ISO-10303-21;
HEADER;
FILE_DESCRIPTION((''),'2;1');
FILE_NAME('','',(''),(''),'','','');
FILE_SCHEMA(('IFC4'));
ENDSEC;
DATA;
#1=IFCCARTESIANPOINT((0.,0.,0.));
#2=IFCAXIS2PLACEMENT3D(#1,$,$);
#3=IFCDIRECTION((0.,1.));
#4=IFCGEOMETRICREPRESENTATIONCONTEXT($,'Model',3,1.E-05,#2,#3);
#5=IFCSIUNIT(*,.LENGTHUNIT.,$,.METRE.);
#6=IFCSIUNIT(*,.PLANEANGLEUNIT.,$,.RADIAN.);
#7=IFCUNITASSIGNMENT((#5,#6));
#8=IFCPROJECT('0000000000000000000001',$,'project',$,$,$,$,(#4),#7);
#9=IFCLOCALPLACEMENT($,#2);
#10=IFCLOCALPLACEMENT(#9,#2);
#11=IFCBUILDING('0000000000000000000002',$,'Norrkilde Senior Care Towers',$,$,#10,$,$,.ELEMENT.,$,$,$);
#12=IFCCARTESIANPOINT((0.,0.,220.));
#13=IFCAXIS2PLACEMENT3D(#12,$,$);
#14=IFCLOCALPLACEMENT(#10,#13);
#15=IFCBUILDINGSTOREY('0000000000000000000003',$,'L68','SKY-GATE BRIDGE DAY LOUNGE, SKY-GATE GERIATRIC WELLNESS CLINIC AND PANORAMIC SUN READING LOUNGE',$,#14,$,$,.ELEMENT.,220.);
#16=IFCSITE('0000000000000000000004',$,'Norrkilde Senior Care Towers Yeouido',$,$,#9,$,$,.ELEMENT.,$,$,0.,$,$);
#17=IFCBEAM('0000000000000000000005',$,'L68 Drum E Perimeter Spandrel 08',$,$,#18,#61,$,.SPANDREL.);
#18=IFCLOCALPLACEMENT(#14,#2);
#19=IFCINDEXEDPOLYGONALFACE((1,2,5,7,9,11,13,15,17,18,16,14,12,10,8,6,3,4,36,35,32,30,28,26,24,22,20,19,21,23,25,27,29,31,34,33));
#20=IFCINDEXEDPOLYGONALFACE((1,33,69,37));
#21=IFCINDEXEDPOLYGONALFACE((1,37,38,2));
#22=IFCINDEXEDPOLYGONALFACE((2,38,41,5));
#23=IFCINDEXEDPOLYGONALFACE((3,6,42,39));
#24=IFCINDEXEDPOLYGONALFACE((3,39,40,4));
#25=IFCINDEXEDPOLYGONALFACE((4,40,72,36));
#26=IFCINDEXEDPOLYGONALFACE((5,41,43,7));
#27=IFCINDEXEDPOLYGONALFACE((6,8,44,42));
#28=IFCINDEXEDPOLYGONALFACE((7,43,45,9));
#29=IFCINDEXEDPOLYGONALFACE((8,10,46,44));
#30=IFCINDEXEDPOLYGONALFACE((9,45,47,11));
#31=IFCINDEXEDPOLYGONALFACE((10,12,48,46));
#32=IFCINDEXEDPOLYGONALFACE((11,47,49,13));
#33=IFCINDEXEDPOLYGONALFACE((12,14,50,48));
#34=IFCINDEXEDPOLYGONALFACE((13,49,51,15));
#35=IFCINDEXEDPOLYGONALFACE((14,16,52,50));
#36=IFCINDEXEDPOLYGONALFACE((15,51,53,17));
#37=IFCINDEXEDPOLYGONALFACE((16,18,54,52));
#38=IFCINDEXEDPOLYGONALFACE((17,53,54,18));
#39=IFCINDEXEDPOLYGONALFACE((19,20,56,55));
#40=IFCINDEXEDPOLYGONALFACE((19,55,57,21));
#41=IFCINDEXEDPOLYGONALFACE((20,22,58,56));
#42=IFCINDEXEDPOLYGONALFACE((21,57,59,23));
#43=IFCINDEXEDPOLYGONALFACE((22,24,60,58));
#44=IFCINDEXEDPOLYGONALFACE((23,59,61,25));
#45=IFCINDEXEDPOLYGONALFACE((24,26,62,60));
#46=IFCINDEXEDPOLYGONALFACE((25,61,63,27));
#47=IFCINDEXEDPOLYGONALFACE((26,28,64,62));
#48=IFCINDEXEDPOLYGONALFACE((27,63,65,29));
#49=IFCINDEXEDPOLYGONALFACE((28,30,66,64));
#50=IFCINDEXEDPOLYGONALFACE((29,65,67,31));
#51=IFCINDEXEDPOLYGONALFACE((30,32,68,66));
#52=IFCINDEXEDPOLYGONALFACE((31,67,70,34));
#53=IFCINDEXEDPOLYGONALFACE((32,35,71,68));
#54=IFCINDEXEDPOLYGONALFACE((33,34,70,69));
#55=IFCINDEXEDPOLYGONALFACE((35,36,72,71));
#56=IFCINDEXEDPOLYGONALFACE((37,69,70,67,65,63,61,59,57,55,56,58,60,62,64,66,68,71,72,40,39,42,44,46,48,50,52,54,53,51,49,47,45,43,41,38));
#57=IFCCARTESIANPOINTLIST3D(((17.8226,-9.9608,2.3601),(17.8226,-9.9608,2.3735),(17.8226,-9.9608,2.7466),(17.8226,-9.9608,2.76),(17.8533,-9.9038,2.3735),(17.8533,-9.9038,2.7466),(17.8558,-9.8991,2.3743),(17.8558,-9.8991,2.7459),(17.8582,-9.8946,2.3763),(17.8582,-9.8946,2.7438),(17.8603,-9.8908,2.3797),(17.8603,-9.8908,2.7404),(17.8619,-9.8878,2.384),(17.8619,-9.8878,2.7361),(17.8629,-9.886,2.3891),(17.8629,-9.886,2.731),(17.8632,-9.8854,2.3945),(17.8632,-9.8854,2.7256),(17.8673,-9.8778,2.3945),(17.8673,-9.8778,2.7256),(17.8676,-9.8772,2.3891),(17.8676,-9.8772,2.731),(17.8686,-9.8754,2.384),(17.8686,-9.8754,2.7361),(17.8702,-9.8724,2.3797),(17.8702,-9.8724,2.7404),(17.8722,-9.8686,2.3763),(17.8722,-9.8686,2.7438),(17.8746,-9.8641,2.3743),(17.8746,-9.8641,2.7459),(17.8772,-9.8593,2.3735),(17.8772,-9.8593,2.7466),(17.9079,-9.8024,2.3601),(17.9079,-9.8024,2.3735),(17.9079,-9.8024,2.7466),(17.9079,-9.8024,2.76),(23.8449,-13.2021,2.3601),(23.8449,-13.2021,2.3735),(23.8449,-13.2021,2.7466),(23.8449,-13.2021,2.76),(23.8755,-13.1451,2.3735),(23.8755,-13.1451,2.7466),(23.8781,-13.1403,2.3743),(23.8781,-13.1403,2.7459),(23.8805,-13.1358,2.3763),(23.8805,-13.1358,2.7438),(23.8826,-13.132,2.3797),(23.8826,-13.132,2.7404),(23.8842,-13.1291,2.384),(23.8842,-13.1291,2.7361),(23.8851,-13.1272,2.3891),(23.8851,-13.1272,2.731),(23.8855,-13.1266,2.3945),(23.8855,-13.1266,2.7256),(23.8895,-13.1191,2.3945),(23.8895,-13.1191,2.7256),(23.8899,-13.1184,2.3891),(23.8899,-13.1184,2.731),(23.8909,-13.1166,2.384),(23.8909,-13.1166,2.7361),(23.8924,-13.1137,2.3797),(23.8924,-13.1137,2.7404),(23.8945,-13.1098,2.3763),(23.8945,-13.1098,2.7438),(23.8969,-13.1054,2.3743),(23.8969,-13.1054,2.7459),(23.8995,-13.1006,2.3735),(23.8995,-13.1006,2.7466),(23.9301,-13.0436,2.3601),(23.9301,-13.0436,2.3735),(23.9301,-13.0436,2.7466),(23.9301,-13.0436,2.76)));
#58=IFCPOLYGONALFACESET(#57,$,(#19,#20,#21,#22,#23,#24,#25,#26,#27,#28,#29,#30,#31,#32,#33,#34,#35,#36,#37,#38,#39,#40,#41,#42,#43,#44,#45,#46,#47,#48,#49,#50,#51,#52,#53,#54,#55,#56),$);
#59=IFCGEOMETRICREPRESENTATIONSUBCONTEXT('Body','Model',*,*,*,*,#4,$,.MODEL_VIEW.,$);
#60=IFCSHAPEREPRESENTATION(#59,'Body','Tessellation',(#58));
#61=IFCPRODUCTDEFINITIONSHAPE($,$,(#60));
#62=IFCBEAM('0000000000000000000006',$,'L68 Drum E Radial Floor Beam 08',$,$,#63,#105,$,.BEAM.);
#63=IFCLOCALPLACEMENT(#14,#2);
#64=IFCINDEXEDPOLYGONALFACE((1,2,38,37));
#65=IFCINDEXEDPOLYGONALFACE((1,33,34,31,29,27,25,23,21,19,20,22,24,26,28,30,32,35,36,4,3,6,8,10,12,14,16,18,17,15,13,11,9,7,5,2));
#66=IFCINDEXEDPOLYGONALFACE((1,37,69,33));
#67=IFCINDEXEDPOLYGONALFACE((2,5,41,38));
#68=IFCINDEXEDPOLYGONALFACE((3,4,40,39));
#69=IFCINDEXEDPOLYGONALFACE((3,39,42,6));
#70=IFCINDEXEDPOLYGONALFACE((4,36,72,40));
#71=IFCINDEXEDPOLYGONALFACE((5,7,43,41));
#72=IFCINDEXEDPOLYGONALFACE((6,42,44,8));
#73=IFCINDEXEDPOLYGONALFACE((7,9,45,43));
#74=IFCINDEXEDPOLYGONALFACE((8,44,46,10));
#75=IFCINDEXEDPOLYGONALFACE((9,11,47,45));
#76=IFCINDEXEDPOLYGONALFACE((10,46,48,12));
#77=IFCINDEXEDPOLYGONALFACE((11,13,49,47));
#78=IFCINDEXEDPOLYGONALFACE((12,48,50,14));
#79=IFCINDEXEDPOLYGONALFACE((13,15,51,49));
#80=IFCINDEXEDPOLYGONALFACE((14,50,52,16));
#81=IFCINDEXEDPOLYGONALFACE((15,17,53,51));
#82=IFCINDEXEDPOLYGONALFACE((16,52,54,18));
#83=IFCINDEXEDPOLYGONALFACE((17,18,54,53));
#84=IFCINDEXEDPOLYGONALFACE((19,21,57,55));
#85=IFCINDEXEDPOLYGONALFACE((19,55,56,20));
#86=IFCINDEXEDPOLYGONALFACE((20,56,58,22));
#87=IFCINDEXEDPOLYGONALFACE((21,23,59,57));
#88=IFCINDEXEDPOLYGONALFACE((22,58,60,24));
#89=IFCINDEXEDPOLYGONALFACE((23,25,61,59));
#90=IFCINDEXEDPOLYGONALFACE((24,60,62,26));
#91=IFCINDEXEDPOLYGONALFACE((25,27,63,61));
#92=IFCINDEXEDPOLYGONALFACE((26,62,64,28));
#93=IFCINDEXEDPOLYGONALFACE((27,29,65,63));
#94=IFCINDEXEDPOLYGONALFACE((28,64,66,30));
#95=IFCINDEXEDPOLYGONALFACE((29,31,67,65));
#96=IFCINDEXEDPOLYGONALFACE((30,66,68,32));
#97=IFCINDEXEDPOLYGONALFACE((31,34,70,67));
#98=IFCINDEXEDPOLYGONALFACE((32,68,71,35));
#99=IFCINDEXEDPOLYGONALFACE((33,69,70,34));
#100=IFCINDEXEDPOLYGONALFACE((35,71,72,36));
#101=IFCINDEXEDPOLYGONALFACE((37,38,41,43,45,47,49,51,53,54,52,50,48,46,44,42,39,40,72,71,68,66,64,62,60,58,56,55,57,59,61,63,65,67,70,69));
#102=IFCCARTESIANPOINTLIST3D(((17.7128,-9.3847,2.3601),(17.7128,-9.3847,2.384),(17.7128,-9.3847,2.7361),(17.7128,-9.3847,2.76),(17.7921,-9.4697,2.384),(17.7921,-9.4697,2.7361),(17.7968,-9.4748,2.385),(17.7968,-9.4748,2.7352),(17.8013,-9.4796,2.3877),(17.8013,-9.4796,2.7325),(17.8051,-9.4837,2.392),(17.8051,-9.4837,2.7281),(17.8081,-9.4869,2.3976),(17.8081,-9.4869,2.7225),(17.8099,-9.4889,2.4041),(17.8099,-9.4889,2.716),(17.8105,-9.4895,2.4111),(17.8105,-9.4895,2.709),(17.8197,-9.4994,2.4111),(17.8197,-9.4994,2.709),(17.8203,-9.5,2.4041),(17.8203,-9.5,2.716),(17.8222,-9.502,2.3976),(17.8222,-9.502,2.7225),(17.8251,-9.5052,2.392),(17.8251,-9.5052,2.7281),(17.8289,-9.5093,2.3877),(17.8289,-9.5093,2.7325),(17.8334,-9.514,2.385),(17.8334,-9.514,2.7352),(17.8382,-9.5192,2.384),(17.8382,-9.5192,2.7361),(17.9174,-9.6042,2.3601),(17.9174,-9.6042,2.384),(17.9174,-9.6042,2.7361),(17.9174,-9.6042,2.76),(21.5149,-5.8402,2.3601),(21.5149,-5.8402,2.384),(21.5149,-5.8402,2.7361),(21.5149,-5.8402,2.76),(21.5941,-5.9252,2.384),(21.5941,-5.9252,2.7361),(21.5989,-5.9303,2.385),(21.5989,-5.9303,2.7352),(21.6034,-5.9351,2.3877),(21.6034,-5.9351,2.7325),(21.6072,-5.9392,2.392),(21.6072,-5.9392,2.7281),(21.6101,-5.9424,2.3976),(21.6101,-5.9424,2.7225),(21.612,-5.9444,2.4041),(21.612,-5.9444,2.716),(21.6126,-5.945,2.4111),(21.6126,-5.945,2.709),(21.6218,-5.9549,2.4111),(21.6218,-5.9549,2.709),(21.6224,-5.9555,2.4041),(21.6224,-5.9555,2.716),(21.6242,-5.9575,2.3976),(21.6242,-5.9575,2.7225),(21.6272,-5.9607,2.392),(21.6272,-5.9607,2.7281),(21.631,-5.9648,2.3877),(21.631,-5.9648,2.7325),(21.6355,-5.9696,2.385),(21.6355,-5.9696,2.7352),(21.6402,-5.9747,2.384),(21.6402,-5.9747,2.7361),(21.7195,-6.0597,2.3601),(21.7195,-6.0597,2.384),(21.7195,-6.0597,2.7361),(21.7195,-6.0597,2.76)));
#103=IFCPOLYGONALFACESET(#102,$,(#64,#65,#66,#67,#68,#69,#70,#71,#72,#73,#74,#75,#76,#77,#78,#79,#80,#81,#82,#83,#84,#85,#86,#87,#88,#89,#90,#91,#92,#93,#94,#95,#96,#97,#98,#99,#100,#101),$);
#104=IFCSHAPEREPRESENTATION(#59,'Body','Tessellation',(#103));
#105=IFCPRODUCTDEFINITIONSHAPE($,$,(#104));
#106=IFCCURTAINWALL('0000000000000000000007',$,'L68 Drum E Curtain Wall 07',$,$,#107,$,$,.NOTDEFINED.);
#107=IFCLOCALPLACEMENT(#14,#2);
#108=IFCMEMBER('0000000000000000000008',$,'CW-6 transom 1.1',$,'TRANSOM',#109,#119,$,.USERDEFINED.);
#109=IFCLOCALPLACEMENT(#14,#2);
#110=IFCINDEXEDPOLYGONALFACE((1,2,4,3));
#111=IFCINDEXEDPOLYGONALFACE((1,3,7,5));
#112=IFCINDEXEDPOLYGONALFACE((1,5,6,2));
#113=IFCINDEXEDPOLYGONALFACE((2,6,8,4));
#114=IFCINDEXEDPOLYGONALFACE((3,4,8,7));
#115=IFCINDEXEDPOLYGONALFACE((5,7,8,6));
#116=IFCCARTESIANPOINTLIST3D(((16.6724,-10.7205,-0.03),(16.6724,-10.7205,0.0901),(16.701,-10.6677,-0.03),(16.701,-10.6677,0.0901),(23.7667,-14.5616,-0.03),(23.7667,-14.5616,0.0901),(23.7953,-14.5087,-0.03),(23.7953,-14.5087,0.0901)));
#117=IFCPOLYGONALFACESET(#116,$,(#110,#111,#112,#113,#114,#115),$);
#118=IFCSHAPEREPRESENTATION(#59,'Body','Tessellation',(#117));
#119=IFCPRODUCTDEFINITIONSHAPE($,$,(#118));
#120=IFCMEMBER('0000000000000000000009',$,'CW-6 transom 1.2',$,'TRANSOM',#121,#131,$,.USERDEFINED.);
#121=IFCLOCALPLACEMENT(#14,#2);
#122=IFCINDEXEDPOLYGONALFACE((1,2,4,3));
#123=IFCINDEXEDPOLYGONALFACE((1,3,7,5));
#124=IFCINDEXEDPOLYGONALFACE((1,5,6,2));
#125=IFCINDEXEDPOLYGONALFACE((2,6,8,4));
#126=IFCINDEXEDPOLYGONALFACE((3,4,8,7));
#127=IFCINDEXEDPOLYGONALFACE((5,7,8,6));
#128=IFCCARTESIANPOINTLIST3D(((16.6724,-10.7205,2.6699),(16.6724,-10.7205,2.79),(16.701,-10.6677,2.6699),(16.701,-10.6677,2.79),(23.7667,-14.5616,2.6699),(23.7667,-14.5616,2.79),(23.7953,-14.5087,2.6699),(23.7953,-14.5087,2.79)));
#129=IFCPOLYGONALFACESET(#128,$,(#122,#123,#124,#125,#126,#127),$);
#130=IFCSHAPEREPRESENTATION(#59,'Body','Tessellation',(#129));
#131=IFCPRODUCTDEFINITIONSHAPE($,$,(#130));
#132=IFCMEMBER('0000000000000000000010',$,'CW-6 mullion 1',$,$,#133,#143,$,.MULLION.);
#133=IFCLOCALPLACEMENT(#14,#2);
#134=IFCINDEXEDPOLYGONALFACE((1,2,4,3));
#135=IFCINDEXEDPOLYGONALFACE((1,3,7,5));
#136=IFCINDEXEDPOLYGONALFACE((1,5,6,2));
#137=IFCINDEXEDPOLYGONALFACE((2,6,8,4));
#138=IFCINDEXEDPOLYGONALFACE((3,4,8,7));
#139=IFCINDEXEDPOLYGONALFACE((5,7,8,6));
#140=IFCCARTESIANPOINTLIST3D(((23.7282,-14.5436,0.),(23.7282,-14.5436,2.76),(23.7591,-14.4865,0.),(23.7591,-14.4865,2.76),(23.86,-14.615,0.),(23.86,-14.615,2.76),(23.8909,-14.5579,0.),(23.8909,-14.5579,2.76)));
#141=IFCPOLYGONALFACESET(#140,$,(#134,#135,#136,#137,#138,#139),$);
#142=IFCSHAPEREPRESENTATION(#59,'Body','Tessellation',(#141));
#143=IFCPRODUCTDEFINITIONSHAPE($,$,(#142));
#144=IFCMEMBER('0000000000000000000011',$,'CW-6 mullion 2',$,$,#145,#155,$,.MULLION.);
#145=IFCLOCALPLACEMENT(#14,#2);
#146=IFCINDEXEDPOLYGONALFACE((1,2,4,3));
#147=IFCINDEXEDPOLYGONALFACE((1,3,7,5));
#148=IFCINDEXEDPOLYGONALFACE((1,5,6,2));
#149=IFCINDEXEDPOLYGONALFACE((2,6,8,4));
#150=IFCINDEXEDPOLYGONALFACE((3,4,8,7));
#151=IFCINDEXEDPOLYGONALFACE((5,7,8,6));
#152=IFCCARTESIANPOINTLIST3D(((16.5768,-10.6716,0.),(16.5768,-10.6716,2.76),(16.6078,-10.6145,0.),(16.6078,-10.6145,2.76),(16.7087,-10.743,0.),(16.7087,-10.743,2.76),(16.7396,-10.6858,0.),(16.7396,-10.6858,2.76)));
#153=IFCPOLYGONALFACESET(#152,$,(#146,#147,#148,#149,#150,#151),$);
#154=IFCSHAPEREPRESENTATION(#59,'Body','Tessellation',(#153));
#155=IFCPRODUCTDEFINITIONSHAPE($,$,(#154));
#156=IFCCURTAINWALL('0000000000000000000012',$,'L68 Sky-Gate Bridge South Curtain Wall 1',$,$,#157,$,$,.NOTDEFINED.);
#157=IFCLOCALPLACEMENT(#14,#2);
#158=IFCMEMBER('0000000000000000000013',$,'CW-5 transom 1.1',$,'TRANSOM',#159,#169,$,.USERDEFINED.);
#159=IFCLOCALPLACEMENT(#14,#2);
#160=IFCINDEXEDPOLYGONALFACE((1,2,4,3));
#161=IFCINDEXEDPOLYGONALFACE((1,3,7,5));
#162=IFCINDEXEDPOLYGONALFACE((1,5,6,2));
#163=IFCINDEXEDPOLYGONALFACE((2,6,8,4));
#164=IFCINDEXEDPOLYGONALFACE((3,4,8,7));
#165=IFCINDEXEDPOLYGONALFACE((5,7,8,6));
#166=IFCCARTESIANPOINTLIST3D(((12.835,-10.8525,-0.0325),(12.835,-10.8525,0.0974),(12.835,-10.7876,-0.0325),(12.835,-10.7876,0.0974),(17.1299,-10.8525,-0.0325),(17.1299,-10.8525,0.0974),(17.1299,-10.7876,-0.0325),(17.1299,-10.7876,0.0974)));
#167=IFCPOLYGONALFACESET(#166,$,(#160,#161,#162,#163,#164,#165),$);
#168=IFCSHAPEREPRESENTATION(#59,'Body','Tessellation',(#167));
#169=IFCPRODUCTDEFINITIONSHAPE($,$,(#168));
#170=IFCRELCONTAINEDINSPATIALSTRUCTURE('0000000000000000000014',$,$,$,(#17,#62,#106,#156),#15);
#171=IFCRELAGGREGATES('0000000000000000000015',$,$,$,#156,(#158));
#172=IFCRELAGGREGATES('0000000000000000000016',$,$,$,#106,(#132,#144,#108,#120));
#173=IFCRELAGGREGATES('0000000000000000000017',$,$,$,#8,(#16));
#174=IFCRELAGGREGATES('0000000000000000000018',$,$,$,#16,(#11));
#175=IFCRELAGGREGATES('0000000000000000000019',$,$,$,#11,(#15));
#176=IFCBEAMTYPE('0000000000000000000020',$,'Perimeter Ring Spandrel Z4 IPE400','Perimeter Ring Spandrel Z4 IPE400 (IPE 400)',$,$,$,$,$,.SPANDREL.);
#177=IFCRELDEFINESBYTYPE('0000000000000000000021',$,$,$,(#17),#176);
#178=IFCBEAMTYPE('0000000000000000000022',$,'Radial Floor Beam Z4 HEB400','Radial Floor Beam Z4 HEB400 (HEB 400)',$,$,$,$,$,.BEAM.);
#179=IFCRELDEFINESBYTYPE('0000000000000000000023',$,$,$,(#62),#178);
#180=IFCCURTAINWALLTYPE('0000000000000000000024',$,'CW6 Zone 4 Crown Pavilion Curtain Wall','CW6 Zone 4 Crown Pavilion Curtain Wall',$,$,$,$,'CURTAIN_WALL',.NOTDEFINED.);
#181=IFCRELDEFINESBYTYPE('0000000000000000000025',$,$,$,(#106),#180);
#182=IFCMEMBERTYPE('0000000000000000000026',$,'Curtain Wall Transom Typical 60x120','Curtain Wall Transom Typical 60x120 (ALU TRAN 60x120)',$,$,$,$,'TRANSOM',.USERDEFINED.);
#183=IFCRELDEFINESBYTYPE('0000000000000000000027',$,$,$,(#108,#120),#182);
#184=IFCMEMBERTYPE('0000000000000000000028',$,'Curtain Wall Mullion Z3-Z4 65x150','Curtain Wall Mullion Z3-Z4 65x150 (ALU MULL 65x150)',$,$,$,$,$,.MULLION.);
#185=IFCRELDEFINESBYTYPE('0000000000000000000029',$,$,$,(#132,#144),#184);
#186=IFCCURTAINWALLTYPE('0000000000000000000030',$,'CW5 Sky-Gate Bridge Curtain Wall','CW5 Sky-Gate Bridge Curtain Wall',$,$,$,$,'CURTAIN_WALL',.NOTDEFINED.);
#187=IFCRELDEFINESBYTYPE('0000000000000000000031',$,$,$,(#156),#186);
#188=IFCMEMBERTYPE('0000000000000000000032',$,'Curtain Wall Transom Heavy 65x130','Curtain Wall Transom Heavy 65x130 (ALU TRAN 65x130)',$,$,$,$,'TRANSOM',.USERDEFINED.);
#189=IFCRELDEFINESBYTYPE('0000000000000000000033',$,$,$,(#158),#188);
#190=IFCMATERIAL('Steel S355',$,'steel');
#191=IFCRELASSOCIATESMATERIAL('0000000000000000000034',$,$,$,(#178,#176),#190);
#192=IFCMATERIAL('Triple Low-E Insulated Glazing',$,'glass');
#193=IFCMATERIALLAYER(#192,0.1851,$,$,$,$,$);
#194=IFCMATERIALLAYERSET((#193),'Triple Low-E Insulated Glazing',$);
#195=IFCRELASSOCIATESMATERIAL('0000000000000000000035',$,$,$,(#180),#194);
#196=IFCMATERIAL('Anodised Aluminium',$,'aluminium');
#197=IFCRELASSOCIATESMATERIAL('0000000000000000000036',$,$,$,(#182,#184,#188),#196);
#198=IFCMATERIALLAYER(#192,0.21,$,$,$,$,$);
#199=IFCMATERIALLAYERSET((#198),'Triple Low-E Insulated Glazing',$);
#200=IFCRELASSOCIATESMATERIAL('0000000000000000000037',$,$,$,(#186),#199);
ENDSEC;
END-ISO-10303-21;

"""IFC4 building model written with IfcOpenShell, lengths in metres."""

from ifc_helpers import new_model, si_unit, direction, frame, origin, origin_2d, place, context, subcontext, project, spatial, rectangle, i_section, extrude, source, transform, mapped, material, layer, layer_set, material_profile, profile_set, type_object, type_shapes, element, aggregate, save


model = new_model("IFC4")

# Units and contexts
model_context = context("Model", 3, precision=1e-05, world=origin(), true_north=direction((0.0, 1.0)))
body_context = subcontext(model_context, "Body", "Model", "MODEL_VIEW")
ifc_project = project(units=[si_unit("LENGTHUNIT", "METRE"), si_unit("PLANEANGLEUNIT", "RADIAN")], contexts=[model_context])

# Site, building, storey
site_placement = place(None, origin())
site = spatial("IfcSite", under=ifc_project, at=site_placement, Name="Norrkilde Senior Care Towers Yeouido", CompositionType="ELEMENT", RefElevation=0.0)
building_placement = place(site_placement, origin())
building = spatial("IfcBuilding", under=site, at=building_placement, Name="Norrkilde Senior Care Towers", CompositionType="ELEMENT")
storey_placement = place(building_placement, frame((0.0, 0.0, 220.0)))
storey = spatial("IfcBuildingStorey", under=building, at=storey_placement, Name="L68", Description="SKY-GATE BRIDGE DAY LOUNGE, SKY-GATE GERIATRIC WELLNESS CLINIC AND PANORAMIC SUN READING LOUNGE", CompositionType="ELEMENT", Elevation=220.0)

# Beams
ifc_material_1 = material(Name="Steel S355", Category="steel")
ifc_material_profile_1 = material_profile(ifc_material_1, i_section(OverallWidth=0.3, OverallDepth=0.3999, WebThickness=0.0134, FlangeThickness=0.0239, FilletRadius=0.0271, at=origin_2d()), Name="HEB 400")
ifc_profile_set_1 = profile_set([ifc_material_profile_1], Name="Steel S355")
beam_type_1 = type_object("IfcBeamType", Name="Radial Floor Beam Z4 HEB400", Description="Radial Floor Beam Z4 HEB400 (HEB 400)", PredefinedType="BEAM", material=ifc_profile_set_1)
ifc_material_profile_2 = material_profile(ifc_material_1, i_section(OverallWidth=0.1799, OverallDepth=0.3999, WebThickness=0.0085, FlangeThickness=0.0134, FilletRadius=0.021, at=origin_2d()), Name="IPE 400")
ifc_profile_set_2 = profile_set([ifc_material_profile_2], Name="Steel S355")
beam_type_2 = type_object("IfcBeamType", Name="Perimeter Ring Spandrel Z4 IPE400", Description="Perimeter Ring Spandrel Z4 IPE400 (IPE 400)", PredefinedType="SPANDREL", material=ifc_profile_set_2)
shared_shape_1 = source(origin(), body_context, "Body", "SweptSolid", [
    extrude(i_section(OverallWidth=0.1799, OverallDepth=0.3999, WebThickness=0.0085, FlangeThickness=0.0134, FilletRadius=0.021, at=origin_2d()), origin(), (0.0, 0.0, 1.0), 6.8391),
])
type_shapes(beam_type_2, [shared_shape_1])
beam_1_placement = place(storey_placement, frame((17.8652, -9.8816, 2.5601), z_axis=(0.880564, -0.473927, 0.0), x_axis=(0.473927, 0.880564, 0.0)))
element("IfcBeam", 1, at=beam_1_placement, inside=storey, type_object=beam_type_2, Name="L68 Drum E Perimeter Spandrel 08", PredefinedType="SPANDREL", context=body_context, shape_type="MappedRepresentation", body=[
    mapped(shared_shape_1, transform((0.0, 0.0, 0.0), x_axis=(1.0, 0.0, 0.0), y_axis=(0.0, 1.0, 0.0), z_axis=(0.0, 0.0, 1.0), scale=1.0)),
])
shared_shape_2 = source(origin(), body_context, "Body", "SweptSolid", [
    extrude(i_section(OverallWidth=0.3, OverallDepth=0.3999, WebThickness=0.0134, FlangeThickness=0.0239, FilletRadius=0.0271, at=origin_2d()), origin(), (0.0, 0.0, 1.0), 5.198),
])
beam_2_placement = place(storey_placement, frame((21.6172, -5.95, 2.5601), z_axis=(-0.731449, -0.681896, 0.0), x_axis=(0.681896, -0.731449, 0.0)))
element("IfcBeam", 2, at=beam_2_placement, inside=storey, type_object=beam_type_1, Name="L68 Drum E Radial Floor Beam 08", PredefinedType="BEAM", context=body_context, shape_type="MappedRepresentation", body=[
    mapped(shared_shape_2, transform((0.0, 0.0, 0.0), x_axis=(1.0, 0.0, 0.0), y_axis=(0.0, 1.0, 0.0), z_axis=(0.0, 0.0, 1.0), scale=1.0)),
])

# Curtain walls, members
ifc_material_2 = material(Name="Triple Low-E Insulated Glazing", Category="glass")
ifc_layer_1 = layer(ifc_material_2, 0.1851)
ifc_layer_set_1 = layer_set([ifc_layer_1], Name="Triple Low-E Insulated Glazing")
curtain_wall_type_1 = type_object("IfcCurtainWallType", Name="CW6 Zone 4 Crown Pavilion Curtain Wall", Description="CW6 Zone 4 Crown Pavilion Curtain Wall", ElementType="CURTAIN_WALL", PredefinedType="NOTDEFINED", material=ifc_layer_set_1)
curtain_wall_1_placement = place(storey_placement, origin())
curtain_wall_1 = element("IfcCurtainWall", 3, at=curtain_wall_1_placement, inside=storey, type_object=curtain_wall_type_1, Name="L68 Drum E Curtain Wall 07", PredefinedType="NOTDEFINED")
ifc_material_3 = material(Name="Anodised Aluminium", Category="aluminium")
ifc_material_profile_3 = material_profile(ifc_material_3, rectangle(XDim=0.0601, YDim=0.1201, at=origin_2d()), Name="ALU TRAN 60x120")
ifc_profile_set_3 = profile_set([ifc_material_profile_3], Name="Anodised Aluminium")
member_type_1 = type_object("IfcMemberType", Name="Curtain Wall Transom Typical 60x120", Description="Curtain Wall Transom Typical 60x120 (ALU TRAN 60x120)", ElementType="TRANSOM", PredefinedType="USERDEFINED", material=ifc_profile_set_3)
shared_shape_3 = source(origin(), body_context, "Body", "SweptSolid", [
    extrude(rectangle(XDim=0.0601, YDim=0.1201, at=origin_2d()), origin(), (0.0, 0.0, 1.0), 8.0674),
])
type_shapes(member_type_1, [shared_shape_3])
member_1_placement = place(storey_placement, frame((23.781, -14.5352, 0.03), z_axis=(-0.879378, 0.476125, 0.0), x_axis=(-0.476125, -0.879378, 0.0)))
member_1 = element("IfcMember", 4, at=member_1_placement, type_object=member_type_1, Name="CW-6 transom 1.1", ObjectType="TRANSOM", PredefinedType="USERDEFINED", context=body_context, shape_type="MappedRepresentation", body=[
    mapped(shared_shape_3, transform((0.0, 0.0, 0.0), x_axis=(1.0, 0.0, 0.0), y_axis=(0.0, 1.0, 0.0), z_axis=(0.0, 0.0, 1.0), scale=1.0)),
])
member_2_placement = place(storey_placement, frame((23.781, -14.5352, 2.73), z_axis=(-0.879378, 0.476125, 0.0), x_axis=(-0.476125, -0.879378, 0.0)))
member_2 = element("IfcMember", 5, at=member_2_placement, type_object=member_type_1, Name="CW-6 transom 1.2", ObjectType="TRANSOM", PredefinedType="USERDEFINED", context=body_context, shape_type="MappedRepresentation", body=[
    mapped(shared_shape_3, transform((0.0, 0.0, 0.0), x_axis=(1.0, 0.0, 0.0), y_axis=(0.0, 1.0, 0.0), z_axis=(0.0, 0.0, 1.0), scale=1.0)),
])
ifc_material_profile_4 = material_profile(ifc_material_3, rectangle(XDim=0.0649, YDim=0.1499, at=origin_2d()), Name="ALU MULL 65x150")
ifc_profile_set_4 = profile_set([ifc_material_profile_4], Name="Anodised Aluminium")
member_type_2 = type_object("IfcMemberType", Name="Curtain Wall Mullion Z3-Z4 65x150", Description="Curtain Wall Mullion Z3-Z4 65x150 (ALU MULL 65x150)", PredefinedType="MULLION", material=ifc_profile_set_4)
shared_shape_4 = source(origin(), body_context, "Body", "SweptSolid", [
    extrude(rectangle(XDim=0.0649, YDim=0.1499, at=origin_2d()), origin(), (0.0, 0.0, 1.0), 2.76),
])
type_shapes(member_type_2, [shared_shape_4])
member_3_placement = place(storey_placement, frame((23.8096, -14.5508, 0.0), z_axis=(0.0, 0.0, 1.0), x_axis=(-0.476133, -0.879373, 0.0)))
member_3 = element("IfcMember", 6, at=member_3_placement, type_object=member_type_2, Name="CW-6 mullion 1", PredefinedType="MULLION", context=body_context, shape_type="MappedRepresentation", body=[
    mapped(shared_shape_4, transform((0.0, 0.0, 0.0), x_axis=(1.0, 0.0, 0.0), y_axis=(0.0, 1.0, 0.0), z_axis=(0.0, 0.0, 1.0), scale=1.0)),
])
member_4_placement = place(storey_placement, frame((16.6582, -10.6787, 0.0), z_axis=(0.0, 0.0, 1.0), x_axis=(-0.476133, -0.879373, 0.0)))
member_4 = element("IfcMember", 7, at=member_4_placement, type_object=member_type_2, Name="CW-6 mullion 2", PredefinedType="MULLION", context=body_context, shape_type="MappedRepresentation", body=[
    mapped(shared_shape_4, transform((0.0, 0.0, 0.0), x_axis=(1.0, 0.0, 0.0), y_axis=(0.0, 1.0, 0.0), z_axis=(0.0, 0.0, 1.0), scale=1.0)),
])
ifc_layer_2 = layer(ifc_material_2, 0.21)
ifc_layer_set_2 = layer_set([ifc_layer_2], Name="Triple Low-E Insulated Glazing")
curtain_wall_type_2 = type_object("IfcCurtainWallType", Name="CW5 Sky-Gate Bridge Curtain Wall", Description="CW5 Sky-Gate Bridge Curtain Wall", ElementType="CURTAIN_WALL", PredefinedType="NOTDEFINED", material=ifc_layer_set_2)
curtain_wall_2_placement = place(storey_placement, origin())
curtain_wall_2 = element("IfcCurtainWall", 8, at=curtain_wall_2_placement, inside=storey, type_object=curtain_wall_type_2, Name="L68 Sky-Gate Bridge South Curtain Wall 1", PredefinedType="NOTDEFINED")
ifc_material_profile_5 = material_profile(ifc_material_3, rectangle(XDim=0.0649, YDim=0.1299, at=origin_2d()), Name="ALU TRAN 65x130")
ifc_profile_set_5 = profile_set([ifc_material_profile_5], Name="Anodised Aluminium")
member_type_3 = type_object("IfcMemberType", Name="Curtain Wall Transom Heavy 65x130", Description="Curtain Wall Transom Heavy 65x130 (ALU TRAN 65x130)", ElementType="TRANSOM", PredefinedType="USERDEFINED", material=ifc_profile_set_5)
shared_shape_5 = source(origin(), body_context, "Body", "SweptSolid", [
    extrude(rectangle(XDim=0.0649, YDim=0.1299, at=origin_2d()), origin(), (0.0, 0.0, 1.0), 4.2949),
])
type_shapes(member_type_3, [shared_shape_5])
member_5_placement = place(storey_placement, frame((17.1299, -10.8201, 0.0325), z_axis=(-1.0, 0.0, 0.0), x_axis=(0.0, -1.0, 0.0)))
member_5 = element("IfcMember", 9, at=member_5_placement, type_object=member_type_3, Name="CW-5 transom 1.1", ObjectType="TRANSOM", PredefinedType="USERDEFINED", context=body_context, shape_type="MappedRepresentation", body=[
    mapped(shared_shape_5, transform((0.0, 0.0, 0.0), x_axis=(1.0, 0.0, 0.0), y_axis=(0.0, 1.0, 0.0), z_axis=(0.0, 0.0, 1.0), scale=1.0)),
])
aggregate(curtain_wall_2, [member_5])

aggregate(curtain_wall_1, [member_3, member_4, member_1, member_2])

save(model, "model.ifc")
